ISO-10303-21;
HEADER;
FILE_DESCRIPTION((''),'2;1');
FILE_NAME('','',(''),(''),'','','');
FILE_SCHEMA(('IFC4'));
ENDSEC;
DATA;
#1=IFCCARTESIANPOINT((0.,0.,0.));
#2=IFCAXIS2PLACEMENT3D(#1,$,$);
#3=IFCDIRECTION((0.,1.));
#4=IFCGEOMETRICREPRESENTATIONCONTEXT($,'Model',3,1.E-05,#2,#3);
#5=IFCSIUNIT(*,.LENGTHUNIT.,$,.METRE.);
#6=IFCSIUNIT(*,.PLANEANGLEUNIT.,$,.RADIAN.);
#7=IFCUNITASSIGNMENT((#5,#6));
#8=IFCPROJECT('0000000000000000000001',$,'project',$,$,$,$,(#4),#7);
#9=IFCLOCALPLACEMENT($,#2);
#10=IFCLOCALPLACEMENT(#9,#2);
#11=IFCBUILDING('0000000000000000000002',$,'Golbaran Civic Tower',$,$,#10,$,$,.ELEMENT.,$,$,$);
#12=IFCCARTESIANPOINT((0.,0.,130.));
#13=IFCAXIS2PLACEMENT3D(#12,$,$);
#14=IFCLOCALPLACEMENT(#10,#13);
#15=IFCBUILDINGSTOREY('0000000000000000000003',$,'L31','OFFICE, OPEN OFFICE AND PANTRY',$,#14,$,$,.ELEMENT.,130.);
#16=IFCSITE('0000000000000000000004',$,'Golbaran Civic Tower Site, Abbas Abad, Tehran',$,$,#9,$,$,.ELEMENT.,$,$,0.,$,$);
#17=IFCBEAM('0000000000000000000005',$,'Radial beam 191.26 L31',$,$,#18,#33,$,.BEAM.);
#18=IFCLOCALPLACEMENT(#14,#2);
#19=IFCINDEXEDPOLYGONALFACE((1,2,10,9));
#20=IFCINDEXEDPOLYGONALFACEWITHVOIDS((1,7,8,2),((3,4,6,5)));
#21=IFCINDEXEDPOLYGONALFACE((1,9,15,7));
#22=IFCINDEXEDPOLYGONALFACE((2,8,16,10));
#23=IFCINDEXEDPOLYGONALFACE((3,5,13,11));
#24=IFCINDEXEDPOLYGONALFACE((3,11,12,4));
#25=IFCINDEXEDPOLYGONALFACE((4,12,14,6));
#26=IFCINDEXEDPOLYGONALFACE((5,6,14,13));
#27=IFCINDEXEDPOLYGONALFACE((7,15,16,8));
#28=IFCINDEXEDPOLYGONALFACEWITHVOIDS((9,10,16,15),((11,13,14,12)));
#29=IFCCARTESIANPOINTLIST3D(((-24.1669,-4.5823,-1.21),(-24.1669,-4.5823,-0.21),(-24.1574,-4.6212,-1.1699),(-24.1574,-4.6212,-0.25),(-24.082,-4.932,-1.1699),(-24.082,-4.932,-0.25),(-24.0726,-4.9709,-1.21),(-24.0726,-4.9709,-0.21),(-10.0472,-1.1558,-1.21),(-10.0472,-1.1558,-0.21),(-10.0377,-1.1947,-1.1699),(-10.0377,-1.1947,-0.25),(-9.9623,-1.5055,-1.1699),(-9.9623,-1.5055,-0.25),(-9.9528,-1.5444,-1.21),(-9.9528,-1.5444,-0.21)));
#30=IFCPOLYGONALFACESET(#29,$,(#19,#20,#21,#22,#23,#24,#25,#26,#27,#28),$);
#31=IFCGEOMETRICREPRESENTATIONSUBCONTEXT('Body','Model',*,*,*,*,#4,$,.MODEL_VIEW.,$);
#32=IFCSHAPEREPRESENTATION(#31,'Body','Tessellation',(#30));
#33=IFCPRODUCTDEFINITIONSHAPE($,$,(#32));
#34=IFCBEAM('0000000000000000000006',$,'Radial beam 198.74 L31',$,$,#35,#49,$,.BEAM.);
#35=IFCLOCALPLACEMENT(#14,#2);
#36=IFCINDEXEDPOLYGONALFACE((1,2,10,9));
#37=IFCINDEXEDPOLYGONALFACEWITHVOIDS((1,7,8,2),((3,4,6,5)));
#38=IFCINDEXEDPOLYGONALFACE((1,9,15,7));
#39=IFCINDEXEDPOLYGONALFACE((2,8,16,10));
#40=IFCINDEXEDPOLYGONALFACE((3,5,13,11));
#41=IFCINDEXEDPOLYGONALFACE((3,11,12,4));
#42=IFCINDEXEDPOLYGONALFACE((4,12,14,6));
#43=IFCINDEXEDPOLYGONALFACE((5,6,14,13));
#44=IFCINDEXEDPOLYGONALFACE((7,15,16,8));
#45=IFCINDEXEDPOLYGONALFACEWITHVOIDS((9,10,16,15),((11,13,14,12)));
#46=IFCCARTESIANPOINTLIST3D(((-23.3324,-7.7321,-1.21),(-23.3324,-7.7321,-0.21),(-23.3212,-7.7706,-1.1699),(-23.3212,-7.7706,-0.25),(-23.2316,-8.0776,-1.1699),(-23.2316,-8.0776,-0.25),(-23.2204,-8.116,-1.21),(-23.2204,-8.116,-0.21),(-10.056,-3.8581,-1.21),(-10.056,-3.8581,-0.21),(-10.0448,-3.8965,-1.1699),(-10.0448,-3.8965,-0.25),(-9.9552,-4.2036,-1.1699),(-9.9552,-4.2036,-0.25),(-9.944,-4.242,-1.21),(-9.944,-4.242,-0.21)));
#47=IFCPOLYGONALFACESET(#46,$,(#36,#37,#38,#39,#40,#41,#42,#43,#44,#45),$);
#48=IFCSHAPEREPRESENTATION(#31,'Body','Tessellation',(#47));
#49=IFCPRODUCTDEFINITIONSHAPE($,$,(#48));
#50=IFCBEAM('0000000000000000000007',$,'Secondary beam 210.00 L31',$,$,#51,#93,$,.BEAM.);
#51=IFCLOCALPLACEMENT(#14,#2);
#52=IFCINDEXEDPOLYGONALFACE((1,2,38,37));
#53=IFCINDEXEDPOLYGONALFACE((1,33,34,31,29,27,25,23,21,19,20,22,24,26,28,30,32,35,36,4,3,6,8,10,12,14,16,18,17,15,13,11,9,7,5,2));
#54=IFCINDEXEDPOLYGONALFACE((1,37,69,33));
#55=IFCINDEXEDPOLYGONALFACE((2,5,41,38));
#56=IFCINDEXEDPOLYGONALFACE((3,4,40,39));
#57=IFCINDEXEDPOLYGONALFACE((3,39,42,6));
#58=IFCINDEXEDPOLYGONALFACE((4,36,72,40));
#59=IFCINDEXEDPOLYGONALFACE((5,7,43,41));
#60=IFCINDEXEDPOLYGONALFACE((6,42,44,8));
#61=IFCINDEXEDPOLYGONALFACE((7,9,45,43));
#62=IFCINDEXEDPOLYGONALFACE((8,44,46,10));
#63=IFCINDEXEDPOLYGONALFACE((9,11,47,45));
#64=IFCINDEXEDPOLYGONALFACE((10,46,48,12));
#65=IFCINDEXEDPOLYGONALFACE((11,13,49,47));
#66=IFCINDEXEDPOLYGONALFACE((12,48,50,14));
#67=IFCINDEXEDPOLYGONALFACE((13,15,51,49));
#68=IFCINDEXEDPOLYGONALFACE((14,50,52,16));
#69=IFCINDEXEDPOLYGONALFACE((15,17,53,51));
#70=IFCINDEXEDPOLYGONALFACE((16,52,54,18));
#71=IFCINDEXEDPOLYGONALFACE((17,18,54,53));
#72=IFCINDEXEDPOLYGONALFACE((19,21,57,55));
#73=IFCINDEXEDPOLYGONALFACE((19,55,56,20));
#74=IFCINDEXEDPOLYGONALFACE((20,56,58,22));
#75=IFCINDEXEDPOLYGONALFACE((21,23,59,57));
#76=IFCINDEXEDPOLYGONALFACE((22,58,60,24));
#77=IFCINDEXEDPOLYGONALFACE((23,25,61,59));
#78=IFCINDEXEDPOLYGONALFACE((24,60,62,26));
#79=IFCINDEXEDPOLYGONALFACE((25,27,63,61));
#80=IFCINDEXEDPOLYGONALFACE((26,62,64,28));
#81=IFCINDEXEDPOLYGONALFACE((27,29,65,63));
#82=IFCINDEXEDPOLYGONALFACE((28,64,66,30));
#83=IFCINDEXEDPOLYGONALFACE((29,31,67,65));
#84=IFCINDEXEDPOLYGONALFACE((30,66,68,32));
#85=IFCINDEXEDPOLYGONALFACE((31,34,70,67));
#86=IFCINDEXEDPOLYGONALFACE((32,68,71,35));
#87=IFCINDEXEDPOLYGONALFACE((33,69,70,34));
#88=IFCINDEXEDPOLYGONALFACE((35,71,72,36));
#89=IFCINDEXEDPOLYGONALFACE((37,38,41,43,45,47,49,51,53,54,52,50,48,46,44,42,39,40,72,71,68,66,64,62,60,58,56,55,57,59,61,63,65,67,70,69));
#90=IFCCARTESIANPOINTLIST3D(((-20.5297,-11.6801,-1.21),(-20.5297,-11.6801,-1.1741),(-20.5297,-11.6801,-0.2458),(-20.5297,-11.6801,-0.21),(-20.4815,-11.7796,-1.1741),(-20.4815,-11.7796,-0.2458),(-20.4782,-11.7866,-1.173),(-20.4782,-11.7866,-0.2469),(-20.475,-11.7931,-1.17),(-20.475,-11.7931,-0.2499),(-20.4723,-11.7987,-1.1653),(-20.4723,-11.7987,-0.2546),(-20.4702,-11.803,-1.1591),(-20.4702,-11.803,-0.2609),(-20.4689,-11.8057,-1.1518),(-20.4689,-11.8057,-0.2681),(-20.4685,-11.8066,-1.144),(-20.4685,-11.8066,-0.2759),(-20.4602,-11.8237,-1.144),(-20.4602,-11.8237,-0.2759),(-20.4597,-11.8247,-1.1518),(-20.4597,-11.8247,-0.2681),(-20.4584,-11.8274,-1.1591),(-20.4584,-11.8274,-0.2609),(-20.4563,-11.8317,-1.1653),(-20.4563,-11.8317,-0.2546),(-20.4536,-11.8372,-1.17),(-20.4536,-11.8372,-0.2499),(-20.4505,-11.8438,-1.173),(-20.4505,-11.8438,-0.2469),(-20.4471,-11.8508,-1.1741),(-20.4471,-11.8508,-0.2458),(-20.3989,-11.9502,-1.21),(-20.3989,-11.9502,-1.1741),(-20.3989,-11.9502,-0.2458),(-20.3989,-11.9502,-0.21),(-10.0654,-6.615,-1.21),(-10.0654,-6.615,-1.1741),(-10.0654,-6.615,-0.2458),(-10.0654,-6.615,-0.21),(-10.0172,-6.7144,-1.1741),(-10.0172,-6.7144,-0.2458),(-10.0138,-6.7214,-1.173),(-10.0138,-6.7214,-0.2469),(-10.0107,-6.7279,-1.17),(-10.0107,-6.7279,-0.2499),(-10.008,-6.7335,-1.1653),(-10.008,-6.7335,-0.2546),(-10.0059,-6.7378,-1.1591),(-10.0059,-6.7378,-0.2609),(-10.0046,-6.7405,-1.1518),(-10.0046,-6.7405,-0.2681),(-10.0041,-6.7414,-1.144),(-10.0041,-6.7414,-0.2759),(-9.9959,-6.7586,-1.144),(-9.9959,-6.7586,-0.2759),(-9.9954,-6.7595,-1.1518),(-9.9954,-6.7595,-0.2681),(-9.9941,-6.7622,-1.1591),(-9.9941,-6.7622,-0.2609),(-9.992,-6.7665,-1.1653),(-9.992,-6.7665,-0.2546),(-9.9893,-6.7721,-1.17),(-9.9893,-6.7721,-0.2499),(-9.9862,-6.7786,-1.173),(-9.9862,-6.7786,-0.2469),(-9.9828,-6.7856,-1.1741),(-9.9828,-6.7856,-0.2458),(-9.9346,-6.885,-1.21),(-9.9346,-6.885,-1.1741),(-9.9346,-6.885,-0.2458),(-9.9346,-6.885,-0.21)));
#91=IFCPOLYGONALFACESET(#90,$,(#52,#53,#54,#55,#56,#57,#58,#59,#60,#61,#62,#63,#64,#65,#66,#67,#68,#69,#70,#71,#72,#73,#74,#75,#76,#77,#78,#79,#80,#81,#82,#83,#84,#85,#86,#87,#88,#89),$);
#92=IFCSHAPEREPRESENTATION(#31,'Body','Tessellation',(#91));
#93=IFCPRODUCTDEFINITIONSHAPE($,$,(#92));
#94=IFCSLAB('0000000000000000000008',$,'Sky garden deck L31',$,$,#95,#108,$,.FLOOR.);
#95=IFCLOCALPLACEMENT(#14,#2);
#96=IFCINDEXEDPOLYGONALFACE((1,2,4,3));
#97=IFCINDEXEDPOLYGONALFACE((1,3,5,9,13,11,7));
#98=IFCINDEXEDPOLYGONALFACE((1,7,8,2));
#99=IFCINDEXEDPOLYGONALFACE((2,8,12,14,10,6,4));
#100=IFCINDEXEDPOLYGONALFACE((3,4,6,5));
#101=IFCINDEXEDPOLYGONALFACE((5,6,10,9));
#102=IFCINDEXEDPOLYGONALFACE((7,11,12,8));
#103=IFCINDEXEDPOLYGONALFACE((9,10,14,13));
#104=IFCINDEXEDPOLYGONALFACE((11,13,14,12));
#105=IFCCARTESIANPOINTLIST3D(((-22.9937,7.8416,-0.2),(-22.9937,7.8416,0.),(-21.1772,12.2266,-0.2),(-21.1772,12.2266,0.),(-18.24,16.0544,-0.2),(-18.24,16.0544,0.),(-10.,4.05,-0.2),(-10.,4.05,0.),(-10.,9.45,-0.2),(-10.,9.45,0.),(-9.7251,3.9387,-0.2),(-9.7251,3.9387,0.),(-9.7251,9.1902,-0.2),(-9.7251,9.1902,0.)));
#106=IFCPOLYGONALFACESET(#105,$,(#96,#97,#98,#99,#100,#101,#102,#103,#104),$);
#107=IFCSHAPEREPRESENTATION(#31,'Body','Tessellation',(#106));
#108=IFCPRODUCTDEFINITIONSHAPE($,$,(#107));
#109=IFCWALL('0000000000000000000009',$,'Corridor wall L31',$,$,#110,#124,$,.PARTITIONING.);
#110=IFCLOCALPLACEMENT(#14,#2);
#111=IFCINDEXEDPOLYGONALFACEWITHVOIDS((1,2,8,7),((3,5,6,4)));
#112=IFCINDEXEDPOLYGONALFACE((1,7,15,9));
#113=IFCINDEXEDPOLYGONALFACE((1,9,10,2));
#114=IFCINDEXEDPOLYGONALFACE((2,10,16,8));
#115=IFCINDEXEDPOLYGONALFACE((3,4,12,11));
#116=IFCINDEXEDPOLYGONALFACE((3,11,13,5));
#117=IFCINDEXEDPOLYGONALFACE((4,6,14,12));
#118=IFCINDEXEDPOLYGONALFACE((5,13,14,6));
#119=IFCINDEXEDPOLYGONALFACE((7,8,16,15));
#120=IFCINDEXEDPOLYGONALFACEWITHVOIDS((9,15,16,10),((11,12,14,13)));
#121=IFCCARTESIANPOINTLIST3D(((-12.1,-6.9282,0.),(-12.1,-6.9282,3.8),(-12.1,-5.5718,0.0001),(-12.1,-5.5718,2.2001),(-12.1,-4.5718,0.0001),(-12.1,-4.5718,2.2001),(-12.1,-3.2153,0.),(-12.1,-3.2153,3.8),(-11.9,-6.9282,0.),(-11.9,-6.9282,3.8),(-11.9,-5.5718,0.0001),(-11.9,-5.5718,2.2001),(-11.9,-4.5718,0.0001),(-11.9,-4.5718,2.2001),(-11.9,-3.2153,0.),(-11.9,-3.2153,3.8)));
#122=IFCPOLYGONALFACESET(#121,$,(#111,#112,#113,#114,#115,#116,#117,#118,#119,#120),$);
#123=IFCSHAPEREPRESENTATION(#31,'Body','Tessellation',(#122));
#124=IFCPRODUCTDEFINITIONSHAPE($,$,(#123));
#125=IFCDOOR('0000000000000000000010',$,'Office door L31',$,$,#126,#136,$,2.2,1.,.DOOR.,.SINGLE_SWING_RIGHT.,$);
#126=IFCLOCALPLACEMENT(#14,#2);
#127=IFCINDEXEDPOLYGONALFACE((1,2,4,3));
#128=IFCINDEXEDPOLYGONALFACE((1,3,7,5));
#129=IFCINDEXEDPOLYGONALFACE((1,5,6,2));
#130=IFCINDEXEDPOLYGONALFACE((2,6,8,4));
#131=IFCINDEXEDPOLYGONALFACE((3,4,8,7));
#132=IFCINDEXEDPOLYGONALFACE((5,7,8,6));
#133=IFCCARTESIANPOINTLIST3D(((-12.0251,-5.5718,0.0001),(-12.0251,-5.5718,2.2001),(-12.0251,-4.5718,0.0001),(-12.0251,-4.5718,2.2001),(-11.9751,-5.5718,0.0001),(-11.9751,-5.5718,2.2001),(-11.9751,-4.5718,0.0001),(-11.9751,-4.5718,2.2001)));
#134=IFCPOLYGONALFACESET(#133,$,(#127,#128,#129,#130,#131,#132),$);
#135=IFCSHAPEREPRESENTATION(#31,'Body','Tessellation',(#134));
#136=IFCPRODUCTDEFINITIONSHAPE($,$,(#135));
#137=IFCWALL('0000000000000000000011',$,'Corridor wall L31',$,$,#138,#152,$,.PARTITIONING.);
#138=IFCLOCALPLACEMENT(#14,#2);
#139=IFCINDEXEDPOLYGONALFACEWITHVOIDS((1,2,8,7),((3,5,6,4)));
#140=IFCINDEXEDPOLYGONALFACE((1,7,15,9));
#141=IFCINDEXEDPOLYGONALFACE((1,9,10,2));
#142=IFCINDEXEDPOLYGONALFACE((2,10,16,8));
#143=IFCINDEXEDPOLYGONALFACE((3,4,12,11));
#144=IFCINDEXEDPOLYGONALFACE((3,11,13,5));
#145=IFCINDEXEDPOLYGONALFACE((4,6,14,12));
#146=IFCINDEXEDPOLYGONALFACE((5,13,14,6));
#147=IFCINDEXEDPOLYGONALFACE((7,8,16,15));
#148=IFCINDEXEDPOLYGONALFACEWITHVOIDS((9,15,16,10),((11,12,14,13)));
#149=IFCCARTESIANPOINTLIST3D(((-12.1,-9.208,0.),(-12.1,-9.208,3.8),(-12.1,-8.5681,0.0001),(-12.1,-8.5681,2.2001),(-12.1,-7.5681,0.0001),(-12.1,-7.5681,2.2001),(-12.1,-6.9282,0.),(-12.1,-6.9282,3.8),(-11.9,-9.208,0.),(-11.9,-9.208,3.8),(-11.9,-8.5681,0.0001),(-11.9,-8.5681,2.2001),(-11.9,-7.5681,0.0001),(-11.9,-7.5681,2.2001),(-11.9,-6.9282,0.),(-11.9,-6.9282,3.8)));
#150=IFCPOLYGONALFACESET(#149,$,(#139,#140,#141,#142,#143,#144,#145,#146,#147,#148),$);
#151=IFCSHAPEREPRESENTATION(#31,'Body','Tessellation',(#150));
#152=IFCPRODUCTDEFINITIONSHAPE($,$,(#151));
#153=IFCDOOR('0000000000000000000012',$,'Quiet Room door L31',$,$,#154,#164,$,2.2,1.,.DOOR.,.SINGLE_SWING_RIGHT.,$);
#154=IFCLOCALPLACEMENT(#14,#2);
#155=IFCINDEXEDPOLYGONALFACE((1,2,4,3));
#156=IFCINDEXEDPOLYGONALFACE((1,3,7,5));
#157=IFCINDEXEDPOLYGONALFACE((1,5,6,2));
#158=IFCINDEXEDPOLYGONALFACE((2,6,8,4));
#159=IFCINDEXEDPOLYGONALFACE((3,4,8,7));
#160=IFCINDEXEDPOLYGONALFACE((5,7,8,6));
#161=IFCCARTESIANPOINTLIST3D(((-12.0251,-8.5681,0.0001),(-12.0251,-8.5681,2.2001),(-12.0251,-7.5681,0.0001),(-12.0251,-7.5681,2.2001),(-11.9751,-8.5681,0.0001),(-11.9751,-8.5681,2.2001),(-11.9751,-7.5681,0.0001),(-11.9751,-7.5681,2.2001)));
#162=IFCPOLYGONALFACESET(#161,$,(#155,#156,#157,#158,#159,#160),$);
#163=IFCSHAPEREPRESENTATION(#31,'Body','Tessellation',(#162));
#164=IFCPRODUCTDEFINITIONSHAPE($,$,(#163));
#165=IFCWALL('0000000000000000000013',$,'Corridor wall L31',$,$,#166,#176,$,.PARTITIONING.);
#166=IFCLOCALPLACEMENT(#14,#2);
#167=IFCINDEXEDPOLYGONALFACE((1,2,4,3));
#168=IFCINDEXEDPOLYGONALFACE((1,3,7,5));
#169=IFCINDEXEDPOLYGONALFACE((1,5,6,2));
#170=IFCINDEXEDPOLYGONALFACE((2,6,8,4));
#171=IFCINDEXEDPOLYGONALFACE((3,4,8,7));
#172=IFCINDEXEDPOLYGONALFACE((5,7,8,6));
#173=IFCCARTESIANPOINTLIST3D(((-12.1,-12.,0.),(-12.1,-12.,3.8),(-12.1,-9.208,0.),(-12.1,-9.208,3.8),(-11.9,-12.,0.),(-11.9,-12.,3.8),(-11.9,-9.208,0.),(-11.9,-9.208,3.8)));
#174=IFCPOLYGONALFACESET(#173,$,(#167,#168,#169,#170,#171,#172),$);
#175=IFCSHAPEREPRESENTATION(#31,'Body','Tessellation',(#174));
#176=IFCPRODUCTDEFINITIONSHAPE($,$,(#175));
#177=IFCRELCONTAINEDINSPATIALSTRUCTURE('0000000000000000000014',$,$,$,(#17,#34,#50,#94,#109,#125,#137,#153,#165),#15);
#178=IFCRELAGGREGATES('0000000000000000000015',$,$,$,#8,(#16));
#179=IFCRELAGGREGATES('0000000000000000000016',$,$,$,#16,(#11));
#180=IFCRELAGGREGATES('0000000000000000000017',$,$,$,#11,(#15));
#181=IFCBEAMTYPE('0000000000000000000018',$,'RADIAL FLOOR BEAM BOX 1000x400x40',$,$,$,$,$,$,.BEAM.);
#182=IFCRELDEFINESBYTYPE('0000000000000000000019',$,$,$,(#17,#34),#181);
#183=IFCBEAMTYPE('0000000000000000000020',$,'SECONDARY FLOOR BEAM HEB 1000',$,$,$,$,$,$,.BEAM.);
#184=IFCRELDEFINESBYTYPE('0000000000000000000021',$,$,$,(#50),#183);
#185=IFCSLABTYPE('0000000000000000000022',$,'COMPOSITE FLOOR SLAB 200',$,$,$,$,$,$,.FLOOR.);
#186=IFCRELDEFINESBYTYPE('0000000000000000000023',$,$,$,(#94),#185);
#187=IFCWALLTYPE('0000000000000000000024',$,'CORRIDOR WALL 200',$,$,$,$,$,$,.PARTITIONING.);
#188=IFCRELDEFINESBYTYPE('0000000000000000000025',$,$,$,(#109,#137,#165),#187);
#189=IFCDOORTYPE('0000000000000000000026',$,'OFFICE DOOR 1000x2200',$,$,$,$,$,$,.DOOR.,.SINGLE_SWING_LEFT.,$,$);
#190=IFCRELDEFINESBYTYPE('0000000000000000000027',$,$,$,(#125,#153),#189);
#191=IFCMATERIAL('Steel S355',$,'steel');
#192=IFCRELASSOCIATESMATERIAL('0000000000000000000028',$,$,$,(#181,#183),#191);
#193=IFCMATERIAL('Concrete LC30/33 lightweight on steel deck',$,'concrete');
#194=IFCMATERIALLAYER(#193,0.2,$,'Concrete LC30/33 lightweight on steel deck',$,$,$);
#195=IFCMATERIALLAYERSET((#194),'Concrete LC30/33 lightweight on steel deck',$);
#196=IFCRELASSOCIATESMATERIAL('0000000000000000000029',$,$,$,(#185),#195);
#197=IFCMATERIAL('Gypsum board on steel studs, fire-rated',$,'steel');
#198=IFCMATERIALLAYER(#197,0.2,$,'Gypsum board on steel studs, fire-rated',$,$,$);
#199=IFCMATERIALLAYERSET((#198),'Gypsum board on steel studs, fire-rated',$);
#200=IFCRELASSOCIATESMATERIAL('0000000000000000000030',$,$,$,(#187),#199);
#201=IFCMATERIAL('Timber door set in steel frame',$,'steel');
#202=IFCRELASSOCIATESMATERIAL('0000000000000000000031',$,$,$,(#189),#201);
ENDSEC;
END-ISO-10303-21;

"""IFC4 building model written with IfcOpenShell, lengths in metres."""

from ifc_helpers import new_model, si_unit, direction, frame, frame_2d, origin, origin_2d, place, context, subcontext, project, spatial, polyline, rectangle, hollow_rectangle, i_section, outline, extrude, material, layer, layer_set, material_profile, profile_set, type_object, element, fill, save


model = new_model("IFC4")

# Units and contexts
model_context = context("Model", 3, precision=1e-05, world=origin(), true_north=direction((0.0, 1.0)))
body_context = subcontext(model_context, "Body", "Model", "MODEL_VIEW")
ifc_project = project(units=[si_unit("LENGTHUNIT", "METRE"), si_unit("PLANEANGLEUNIT", "RADIAN")], contexts=[model_context])

# Site, building, storey
site_placement = place(None, origin())
site = spatial("IfcSite", under=ifc_project, at=site_placement, Name="Golbaran Civic Tower Site, Abbas Abad, Tehran", CompositionType="ELEMENT", RefElevation=0.0)
building_placement = place(site_placement, origin())
building = spatial("IfcBuilding", under=site, at=building_placement, Name="Golbaran Civic Tower", CompositionType="ELEMENT")
storey_placement = place(building_placement, frame((0.0, 0.0, 130.0)))
storey = spatial("IfcBuildingStorey", under=building, at=storey_placement, Name="L31", Description="OFFICE, OPEN OFFICE AND PANTRY", CompositionType="ELEMENT", Elevation=130.0)

# Beams
ifc_material_1 = material(Name="Steel S355", Category="steel")
ifc_material_profile_1 = material_profile(ifc_material_1, hollow_rectangle(XDim=0.3999, YDim=1.0, WallThickness=0.04, at=origin_2d()), Name="BOX 1000x400x40")
ifc_profile_set_1 = profile_set([ifc_material_profile_1], Name="Steel S355")
beam_type_1 = type_object("IfcBeamType", Name="RADIAL FLOOR BEAM BOX 1000x400x40", PredefinedType="BEAM", material=ifc_profile_set_1)
beam_1_placement = place(storey_placement, frame((-10.0, -1.3501, -0.71), z_axis=(-0.971794, -0.235832, 0.0), x_axis=(0.235832, -0.971794, 0.0)))
element("IfcBeam", 1, at=beam_1_placement, inside=storey, type_object=beam_type_1, Name="Radial beam 191.26 L31", PredefinedType="BEAM", context=body_context, shape_type="SweptSolid", body=[
    extrude(hollow_rectangle(XDim=0.3999, YDim=1.0, WallThickness=0.04, at=origin_2d()), origin(), (0.0, 0.0, 1.0), 14.5295),
])
beam_2_placement = place(storey_placement, frame((-10.0, -4.05, -0.71), z_axis=(-0.959966, -0.280117, 0.0), x_axis=(0.280117, -0.959966, 0.0)))
element("IfcBeam", 2, at=beam_2_placement, inside=storey, type_object=beam_type_1, Name="Radial beam 198.74 L31", PredefinedType="BEAM", context=body_context, shape_type="SweptSolid", body=[
    extrude(hollow_rectangle(XDim=0.3999, YDim=1.0, WallThickness=0.04, at=origin_2d()), origin(), (0.0, 0.0, 1.0), 13.8301),
])
ifc_material_profile_2 = material_profile(ifc_material_1, i_section(OverallWidth=0.3, OverallDepth=1.0, WebThickness=0.019, FlangeThickness=0.0359, FilletRadius=0.03, at=origin_2d()), Name="HEB 1000")
ifc_profile_set_2 = profile_set([ifc_material_profile_2], Name="Steel S355")
beam_type_2 = type_object("IfcBeamType", Name="SECONDARY FLOOR BEAM HEB 1000", PredefinedType="BEAM", material=ifc_profile_set_2)
beam_3_placement = place(storey_placement, frame((-10.0, -6.75, -0.71), z_axis=(-0.900099, -0.435686, 0.0), x_axis=(0.435686, -0.900099, 0.0)))
element("IfcBeam", 3, at=beam_3_placement, inside=storey, type_object=beam_type_2, Name="Secondary beam 210.00 L31", PredefinedType="BEAM", context=body_context, shape_type="SweptSolid", body=[
    extrude(i_section(OverallWidth=0.3, OverallDepth=1.0, WebThickness=0.019, FlangeThickness=0.0359, FilletRadius=0.03, at=origin_2d()), origin(), (0.0, 0.0, 1.0), 11.6257),
])

# Slab
ifc_material_2 = material(Name="Concrete LC30/33 lightweight on steel deck", Category="concrete")
ifc_layer_1 = layer(ifc_material_2, 0.2, Name="Concrete LC30/33 lightweight on steel deck")
ifc_layer_set_1 = layer_set([ifc_layer_1], Name="Concrete LC30/33 lightweight on steel deck")
slab_type = type_object("IfcSlabType", Name="COMPOSITE FLOOR SLAB 200", PredefinedType="FLOOR", material=ifc_layer_set_1)
slab_placement = place(storey_placement, frame((0.0, 0.0, -0.2)))
element("IfcSlab", 4, at=slab_placement, inside=storey, type_object=slab_type, Name="Sky garden deck L31", PredefinedType="FLOOR", context=body_context, shape_type="SweptSolid", body=[
    extrude(outline(polyline([(-18.24, 16.0544), (-10.0, 9.45), (-9.7251, 9.1902), (-9.7251, 3.9387), (-10.0, 4.05), (-22.9937, 7.8416), (-21.1772, 12.2266), (-18.24, 16.0544)])), origin(), (0.0, 0.0, 1.0), 0.2),
])

# Walls, openings, doors
ifc_material_3 = material(Name="Gypsum board on steel studs, fire-rated", Category="steel")
ifc_layer_2 = layer(ifc_material_3, 0.2, Name="Gypsum board on steel studs, fire-rated")
ifc_layer_set_2 = layer_set([ifc_layer_2], Name="Gypsum board on steel studs, fire-rated")
wall_type_1 = type_object("IfcWallType", Name="CORRIDOR WALL 200", PredefinedType="PARTITIONING", material=ifc_layer_set_2)
wall_1_placement = place(storey_placement, frame((-12.0, -3.2153, 0.0), z_axis=(0.0, 0.0, 1.0), x_axis=(0.0, -1.0, 0.0)))
wall_1 = element("IfcWall", 5, at=wall_1_placement, inside=storey, type_object=wall_type_1, Name="Corridor wall L31", PredefinedType="PARTITIONING", context=body_context, shape_type="SweptSolid", body=[
    extrude(rectangle(XDim=3.7129, YDim=0.2, at=frame_2d((1.8564, 0.0))), origin(), (0.0, 0.0, 1.0), 3.8),
])
opening_1_placement = place(wall_1_placement, frame((1.3564, 0.0, 0.0)))
opening_1 = element("IfcOpeningElement", 6, at=opening_1_placement, cuts=wall_1, PredefinedType="OPENING", context=body_context, shape_type="SweptSolid", body=[
    extrude(rectangle(XDim=1.0, YDim=2.2, at=frame_2d((0.5, 1.1001))), frame((0.0, 0.1099, 0.0), z_axis=(0.0, -1.0, 0.0), x_axis=(1.0, 0.0, 0.0)), (0.0, 0.0, 1.0), 0.22),
])
ifc_material_4 = material(Name="Timber door set in steel frame", Category="steel")
door_type_1 = type_object("IfcDoorType", Name="OFFICE DOOR 1000x2200", OperationType="SINGLE_SWING_LEFT", PredefinedType="DOOR", material=ifc_material_4)
door_1_placement = place(opening_1_placement, origin())
door_1 = element("IfcDoor", 7, at=door_1_placement, inside=storey, type_object=door_type_1, Name="Office door L31", OperationType="SINGLE_SWING_RIGHT", OverallHeight=2.2, OverallWidth=1.0, PredefinedType="DOOR", context=body_context, shape_type="SweptSolid", body=[
    extrude(rectangle(XDim=1.0, YDim=2.2, at=frame_2d((0.5, 1.1001))), frame((0.0, 0.0249, 0.0), z_axis=(0.0, -1.0, 0.0), x_axis=(1.0, 0.0, 0.0)), (0.0, 0.0, 1.0), 0.05),
])
fill(opening_1, door_1)
wall_2_placement = place(storey_placement, frame((-12.0, -6.9282, 0.0), z_axis=(0.0, 0.0, 1.0), x_axis=(0.0, -1.0, 0.0)))
wall_2 = element("IfcWall", 8, at=wall_2_placement, inside=storey, type_object=wall_type_1, Name="Corridor wall L31", PredefinedType="PARTITIONING", context=body_context, shape_type="SweptSolid", body=[
    extrude(rectangle(XDim=2.2798, YDim=0.2, at=frame_2d((1.1399, 0.0))), origin(), (0.0, 0.0, 1.0), 3.8),
])
opening_2_placement = place(wall_2_placement, frame((0.6399, 0.0, 0.0)))
opening_2 = element("IfcOpeningElement", 9, at=opening_2_placement, cuts=wall_2, PredefinedType="OPENING", context=body_context, shape_type="SweptSolid", body=[
    extrude(rectangle(XDim=1.0, YDim=2.2, at=frame_2d((0.5, 1.1001))), frame((0.0, 0.1099, 0.0), z_axis=(0.0, -1.0, 0.0), x_axis=(1.0, 0.0, 0.0)), (0.0, 0.0, 1.0), 0.22),
])
door_2_placement = place(opening_2_placement, origin())
door_2 = element("IfcDoor", 10, at=door_2_placement, inside=storey, type_object=door_type_1, Name="Quiet Room door L31", OperationType="SINGLE_SWING_RIGHT", OverallHeight=2.2, OverallWidth=1.0, PredefinedType="DOOR", context=body_context, shape_type="SweptSolid", body=[
    extrude(rectangle(XDim=1.0, YDim=2.2, at=frame_2d((0.5, 1.1001))), frame((0.0, 0.0249, 0.0), z_axis=(0.0, -1.0, 0.0), x_axis=(1.0, 0.0, 0.0)), (0.0, 0.0, 1.0), 0.05),
])
fill(opening_2, door_2)

# Wall
wall_3_placement = place(storey_placement, frame((-12.0, -9.208, 0.0), z_axis=(0.0, 0.0, 1.0), x_axis=(0.0, -1.0, 0.0)))
element("IfcWall", 11, at=wall_3_placement, inside=storey, type_object=wall_type_1, Name="Corridor wall L31", PredefinedType="PARTITIONING", context=body_context, shape_type="SweptSolid", body=[
    extrude(rectangle(XDim=2.792, YDim=0.2, at=frame_2d((1.396, 0.0))), origin(), (0.0, 0.0, 1.0), 3.8),
])

save(model, "model.ifc")
